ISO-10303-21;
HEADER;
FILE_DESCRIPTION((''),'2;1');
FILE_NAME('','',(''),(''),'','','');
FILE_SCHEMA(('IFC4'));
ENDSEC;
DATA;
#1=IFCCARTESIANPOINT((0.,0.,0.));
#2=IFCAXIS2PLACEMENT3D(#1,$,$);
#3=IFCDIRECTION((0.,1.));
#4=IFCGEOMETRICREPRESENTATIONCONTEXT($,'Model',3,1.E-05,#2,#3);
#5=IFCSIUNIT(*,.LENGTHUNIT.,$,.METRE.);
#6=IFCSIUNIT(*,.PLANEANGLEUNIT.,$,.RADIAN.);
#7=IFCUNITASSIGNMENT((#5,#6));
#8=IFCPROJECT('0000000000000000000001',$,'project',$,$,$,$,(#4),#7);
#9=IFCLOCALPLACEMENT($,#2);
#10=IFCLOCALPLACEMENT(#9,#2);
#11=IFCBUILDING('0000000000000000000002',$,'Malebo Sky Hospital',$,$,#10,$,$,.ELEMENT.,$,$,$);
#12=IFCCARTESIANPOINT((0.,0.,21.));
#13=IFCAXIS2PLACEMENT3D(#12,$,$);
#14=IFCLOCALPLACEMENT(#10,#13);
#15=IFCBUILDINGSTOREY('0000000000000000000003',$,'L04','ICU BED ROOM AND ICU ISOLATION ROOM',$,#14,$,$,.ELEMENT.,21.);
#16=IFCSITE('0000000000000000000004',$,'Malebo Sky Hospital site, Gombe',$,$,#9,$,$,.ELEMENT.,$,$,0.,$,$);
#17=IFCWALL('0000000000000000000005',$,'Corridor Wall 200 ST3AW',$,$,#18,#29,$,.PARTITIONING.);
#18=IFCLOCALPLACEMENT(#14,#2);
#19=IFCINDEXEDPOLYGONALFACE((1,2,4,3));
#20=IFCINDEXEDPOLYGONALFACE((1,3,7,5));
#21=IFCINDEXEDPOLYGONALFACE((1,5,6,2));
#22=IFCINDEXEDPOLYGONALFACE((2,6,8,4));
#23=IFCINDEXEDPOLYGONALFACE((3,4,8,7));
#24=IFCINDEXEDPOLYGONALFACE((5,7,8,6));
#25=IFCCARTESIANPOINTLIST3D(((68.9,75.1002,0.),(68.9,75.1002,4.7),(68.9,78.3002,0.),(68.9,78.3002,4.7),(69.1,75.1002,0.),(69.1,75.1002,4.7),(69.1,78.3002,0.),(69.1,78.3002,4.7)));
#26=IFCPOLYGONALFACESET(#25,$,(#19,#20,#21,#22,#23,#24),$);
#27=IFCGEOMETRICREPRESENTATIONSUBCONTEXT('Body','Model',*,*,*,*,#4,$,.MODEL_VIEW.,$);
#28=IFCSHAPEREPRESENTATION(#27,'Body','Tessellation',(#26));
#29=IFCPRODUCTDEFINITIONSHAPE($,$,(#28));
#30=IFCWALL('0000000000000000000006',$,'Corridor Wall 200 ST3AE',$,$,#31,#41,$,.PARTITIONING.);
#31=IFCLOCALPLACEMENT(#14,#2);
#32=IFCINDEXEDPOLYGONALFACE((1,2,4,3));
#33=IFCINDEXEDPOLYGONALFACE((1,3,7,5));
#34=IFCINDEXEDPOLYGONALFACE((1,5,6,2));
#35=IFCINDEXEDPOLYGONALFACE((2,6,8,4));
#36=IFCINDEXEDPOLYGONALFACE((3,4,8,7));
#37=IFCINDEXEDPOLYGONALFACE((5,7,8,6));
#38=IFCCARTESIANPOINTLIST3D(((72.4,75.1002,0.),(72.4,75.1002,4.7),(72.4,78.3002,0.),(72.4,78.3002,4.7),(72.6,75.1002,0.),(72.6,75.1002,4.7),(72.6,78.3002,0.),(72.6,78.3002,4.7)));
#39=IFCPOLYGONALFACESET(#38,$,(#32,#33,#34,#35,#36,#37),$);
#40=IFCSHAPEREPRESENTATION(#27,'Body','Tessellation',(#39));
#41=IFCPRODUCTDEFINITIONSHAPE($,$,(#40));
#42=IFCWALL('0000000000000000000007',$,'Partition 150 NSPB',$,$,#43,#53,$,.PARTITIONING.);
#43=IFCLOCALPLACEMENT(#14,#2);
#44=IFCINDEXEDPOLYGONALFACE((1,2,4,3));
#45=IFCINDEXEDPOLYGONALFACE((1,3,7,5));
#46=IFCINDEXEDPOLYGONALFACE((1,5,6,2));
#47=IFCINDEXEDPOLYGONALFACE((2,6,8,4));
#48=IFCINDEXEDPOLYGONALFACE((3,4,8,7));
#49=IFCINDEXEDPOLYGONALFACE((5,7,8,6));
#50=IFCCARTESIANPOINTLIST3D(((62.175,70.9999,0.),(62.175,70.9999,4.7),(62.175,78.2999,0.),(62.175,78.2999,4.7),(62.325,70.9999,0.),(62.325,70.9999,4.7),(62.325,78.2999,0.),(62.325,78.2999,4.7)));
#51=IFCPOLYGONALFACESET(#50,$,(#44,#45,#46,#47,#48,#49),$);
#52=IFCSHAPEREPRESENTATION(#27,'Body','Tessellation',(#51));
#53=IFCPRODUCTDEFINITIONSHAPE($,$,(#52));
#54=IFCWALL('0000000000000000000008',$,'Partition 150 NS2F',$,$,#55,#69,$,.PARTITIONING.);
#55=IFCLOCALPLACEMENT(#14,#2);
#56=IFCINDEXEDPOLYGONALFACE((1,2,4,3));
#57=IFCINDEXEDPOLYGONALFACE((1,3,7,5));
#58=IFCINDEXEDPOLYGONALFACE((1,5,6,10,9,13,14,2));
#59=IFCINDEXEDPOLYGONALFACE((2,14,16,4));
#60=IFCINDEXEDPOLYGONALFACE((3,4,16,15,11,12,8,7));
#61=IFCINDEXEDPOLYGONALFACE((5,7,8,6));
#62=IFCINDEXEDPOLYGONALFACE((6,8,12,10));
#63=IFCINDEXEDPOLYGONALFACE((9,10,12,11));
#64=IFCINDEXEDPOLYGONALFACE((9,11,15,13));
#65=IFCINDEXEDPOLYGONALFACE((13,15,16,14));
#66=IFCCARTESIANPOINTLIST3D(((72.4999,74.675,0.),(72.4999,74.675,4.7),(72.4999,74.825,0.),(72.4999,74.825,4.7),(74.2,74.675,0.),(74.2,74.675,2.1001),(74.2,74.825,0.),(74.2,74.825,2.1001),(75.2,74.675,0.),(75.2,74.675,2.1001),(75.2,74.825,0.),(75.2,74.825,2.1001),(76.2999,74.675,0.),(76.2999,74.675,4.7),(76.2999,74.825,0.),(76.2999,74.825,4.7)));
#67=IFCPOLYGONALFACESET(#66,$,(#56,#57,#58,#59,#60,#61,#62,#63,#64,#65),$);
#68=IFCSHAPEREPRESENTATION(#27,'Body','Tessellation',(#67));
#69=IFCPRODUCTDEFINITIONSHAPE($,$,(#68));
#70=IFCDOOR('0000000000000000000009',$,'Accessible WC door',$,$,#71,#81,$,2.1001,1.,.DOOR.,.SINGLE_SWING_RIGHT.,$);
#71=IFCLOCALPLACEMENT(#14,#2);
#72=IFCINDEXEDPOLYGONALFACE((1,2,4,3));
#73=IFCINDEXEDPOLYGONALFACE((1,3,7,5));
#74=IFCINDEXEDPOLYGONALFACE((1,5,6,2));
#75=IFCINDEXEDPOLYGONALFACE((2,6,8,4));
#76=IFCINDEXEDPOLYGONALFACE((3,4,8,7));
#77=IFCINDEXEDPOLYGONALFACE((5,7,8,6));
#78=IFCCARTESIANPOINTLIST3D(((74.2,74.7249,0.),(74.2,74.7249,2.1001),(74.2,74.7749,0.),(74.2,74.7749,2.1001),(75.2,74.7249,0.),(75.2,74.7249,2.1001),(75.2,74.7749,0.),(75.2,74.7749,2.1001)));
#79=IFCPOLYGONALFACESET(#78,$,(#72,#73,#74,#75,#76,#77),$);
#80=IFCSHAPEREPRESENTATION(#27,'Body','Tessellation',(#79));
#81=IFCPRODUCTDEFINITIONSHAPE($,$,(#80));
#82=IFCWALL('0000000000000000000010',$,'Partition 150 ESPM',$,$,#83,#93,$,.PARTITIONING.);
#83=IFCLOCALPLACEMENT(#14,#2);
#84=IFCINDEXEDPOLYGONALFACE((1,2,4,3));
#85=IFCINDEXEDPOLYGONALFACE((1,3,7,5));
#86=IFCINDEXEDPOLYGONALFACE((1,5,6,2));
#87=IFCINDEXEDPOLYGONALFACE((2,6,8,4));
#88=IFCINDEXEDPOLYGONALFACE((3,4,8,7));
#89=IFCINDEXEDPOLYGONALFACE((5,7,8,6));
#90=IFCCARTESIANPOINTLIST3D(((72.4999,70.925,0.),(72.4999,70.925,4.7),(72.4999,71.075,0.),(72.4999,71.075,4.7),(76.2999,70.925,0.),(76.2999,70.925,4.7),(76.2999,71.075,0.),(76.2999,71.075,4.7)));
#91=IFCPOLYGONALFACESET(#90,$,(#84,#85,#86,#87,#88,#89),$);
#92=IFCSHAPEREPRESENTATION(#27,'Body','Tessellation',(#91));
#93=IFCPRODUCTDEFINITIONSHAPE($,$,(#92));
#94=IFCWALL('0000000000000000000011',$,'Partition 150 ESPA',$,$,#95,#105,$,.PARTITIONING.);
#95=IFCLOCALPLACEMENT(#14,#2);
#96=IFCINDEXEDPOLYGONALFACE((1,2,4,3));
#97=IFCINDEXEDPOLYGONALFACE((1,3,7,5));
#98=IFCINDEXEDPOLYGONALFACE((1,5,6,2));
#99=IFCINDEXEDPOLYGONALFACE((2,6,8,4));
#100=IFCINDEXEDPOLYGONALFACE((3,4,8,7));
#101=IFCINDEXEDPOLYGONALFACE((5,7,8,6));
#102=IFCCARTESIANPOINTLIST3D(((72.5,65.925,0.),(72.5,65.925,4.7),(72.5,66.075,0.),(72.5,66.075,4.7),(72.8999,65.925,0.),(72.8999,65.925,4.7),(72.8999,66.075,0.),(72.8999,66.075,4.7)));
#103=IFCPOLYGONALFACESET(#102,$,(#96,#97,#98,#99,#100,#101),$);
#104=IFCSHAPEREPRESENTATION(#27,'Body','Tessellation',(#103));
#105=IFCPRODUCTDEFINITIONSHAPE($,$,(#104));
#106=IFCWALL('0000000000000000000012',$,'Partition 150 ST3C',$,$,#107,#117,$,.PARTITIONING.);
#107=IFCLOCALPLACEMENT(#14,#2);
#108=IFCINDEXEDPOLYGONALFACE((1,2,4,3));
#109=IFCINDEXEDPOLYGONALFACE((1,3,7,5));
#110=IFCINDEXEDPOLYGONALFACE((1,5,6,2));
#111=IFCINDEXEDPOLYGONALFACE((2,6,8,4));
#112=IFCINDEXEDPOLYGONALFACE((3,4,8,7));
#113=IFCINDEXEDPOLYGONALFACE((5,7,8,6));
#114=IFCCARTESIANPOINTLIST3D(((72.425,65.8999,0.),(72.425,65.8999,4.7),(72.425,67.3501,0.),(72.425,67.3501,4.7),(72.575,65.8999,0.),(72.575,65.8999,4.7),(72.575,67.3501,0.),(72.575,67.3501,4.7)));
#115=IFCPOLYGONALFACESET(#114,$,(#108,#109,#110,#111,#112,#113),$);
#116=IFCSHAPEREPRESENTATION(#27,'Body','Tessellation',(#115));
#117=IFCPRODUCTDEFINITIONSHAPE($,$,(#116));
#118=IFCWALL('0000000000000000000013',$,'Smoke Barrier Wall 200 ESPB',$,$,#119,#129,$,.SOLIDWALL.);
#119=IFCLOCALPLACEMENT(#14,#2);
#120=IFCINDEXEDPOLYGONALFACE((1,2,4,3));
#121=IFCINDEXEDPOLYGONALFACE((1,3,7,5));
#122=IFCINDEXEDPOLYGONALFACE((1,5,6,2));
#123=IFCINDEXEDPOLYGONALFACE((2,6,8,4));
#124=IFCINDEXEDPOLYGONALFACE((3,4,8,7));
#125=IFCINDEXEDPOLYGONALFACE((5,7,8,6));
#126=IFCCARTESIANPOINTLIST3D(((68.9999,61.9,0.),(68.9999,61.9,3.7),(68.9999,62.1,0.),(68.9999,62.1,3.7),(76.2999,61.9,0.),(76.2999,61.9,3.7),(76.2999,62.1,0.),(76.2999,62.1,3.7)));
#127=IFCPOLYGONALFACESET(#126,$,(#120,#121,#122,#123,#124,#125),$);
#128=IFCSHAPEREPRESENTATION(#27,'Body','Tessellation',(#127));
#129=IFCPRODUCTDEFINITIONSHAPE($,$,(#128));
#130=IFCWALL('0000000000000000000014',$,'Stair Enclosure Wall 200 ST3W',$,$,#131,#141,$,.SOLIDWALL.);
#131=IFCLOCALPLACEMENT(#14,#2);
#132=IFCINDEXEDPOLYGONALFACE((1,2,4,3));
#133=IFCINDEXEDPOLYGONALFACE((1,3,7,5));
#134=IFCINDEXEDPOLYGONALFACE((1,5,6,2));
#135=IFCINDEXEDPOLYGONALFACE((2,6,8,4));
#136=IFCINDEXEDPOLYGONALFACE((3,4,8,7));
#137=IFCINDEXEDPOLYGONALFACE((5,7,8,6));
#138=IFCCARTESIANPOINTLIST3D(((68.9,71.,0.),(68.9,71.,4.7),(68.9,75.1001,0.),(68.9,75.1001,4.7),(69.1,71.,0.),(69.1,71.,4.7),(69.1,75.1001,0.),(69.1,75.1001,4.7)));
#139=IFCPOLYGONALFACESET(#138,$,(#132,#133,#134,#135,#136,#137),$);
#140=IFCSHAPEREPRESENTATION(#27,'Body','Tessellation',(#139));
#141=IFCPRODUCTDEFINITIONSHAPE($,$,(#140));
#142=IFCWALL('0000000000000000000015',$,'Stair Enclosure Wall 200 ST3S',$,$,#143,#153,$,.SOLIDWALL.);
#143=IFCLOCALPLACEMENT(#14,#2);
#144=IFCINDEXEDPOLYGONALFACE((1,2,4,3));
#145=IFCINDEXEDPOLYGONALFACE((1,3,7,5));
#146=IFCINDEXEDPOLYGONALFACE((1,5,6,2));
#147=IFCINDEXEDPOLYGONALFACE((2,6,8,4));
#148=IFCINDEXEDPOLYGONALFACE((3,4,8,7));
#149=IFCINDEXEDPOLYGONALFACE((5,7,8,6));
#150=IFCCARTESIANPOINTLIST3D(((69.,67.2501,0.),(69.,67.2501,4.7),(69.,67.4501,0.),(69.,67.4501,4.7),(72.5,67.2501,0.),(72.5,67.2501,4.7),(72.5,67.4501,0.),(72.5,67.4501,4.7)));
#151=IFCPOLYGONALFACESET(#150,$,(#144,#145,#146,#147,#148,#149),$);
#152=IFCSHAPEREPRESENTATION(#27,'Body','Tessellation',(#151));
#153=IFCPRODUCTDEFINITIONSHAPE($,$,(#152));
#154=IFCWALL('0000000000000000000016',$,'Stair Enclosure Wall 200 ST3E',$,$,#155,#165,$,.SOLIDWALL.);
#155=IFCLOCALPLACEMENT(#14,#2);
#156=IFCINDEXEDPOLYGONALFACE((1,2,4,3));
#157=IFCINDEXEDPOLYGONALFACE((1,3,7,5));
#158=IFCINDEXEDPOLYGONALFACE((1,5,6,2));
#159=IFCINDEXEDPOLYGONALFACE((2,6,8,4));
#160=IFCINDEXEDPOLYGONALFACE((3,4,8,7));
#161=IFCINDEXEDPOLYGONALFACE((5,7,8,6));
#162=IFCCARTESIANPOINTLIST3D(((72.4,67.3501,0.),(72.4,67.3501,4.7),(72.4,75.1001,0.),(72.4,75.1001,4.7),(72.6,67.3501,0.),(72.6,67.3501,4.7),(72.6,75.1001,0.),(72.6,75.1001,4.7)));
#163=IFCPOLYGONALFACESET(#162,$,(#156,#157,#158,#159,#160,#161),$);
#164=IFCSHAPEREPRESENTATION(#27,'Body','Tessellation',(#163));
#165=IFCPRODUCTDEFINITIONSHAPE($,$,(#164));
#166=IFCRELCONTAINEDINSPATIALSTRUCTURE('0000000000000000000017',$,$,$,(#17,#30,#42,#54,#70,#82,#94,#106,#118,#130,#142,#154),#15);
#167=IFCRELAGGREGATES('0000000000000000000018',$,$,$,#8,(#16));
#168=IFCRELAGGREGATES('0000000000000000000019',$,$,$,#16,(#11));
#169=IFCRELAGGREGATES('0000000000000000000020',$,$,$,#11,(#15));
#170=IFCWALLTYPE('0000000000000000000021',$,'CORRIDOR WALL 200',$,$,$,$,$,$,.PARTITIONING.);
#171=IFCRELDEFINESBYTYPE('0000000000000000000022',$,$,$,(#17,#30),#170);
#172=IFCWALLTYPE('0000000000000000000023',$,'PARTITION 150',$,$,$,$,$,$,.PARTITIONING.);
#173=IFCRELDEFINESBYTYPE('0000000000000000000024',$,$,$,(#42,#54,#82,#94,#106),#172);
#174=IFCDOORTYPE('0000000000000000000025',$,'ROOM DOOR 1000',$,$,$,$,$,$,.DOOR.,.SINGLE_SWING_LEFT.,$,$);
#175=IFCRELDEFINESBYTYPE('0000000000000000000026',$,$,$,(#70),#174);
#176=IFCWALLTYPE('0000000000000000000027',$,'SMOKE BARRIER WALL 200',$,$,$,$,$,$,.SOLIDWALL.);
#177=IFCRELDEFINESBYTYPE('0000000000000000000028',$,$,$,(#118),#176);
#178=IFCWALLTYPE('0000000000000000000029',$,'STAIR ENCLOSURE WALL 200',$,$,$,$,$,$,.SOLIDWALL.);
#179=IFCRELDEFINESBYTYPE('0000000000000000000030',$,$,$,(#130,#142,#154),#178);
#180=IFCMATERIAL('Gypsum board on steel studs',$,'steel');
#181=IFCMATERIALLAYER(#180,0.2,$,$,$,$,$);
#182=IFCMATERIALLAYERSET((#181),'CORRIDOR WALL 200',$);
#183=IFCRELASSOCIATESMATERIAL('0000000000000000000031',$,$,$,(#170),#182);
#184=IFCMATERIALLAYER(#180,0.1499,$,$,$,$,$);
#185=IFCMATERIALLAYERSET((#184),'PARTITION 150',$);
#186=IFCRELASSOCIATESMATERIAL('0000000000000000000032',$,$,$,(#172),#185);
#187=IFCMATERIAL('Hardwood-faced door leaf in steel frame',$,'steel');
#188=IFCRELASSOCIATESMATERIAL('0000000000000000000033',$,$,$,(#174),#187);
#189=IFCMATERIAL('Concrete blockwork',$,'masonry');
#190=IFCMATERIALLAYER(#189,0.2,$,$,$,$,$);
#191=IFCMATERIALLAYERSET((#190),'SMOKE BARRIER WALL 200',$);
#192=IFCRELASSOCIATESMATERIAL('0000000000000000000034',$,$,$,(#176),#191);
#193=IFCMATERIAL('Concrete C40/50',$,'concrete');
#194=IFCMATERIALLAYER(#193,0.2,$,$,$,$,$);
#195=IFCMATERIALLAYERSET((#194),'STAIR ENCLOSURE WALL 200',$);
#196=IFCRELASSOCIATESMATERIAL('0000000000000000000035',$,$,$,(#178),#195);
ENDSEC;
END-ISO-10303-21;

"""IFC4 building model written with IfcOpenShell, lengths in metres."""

from ifc_helpers import new_model, si_unit, direction, frame, frame_2d, origin, place, context, subcontext, project, spatial, rectangle, extrude, material, layer, layer_set, type_object, element, fill, save


model = new_model("IFC4")

# Units and contexts
model_context = context("Model", 3, precision=1e-05, world=origin(), true_north=direction((0.0, 1.0)))
body_context = subcontext(model_context, "Body", "Model", "MODEL_VIEW")
ifc_project = project(units=[si_unit("LENGTHUNIT", "METRE"), si_unit("PLANEANGLEUNIT", "RADIAN")], contexts=[model_context])

# Site, building, storey
site_placement = place(None, origin())
site = spatial("IfcSite", under=ifc_project, at=site_placement, Name="Malebo Sky Hospital site, Gombe", CompositionType="ELEMENT", RefElevation=0.0)
building_placement = place(site_placement, origin())
building = spatial("IfcBuilding", under=site, at=building_placement, Name="Malebo Sky Hospital", CompositionType="ELEMENT")
storey_placement = place(building_placement, frame((0.0, 0.0, 21.0)))
storey = spatial("IfcBuildingStorey", under=building, at=storey_placement, Name="L04", Description="ICU BED ROOM AND ICU ISOLATION ROOM", CompositionType="ELEMENT", Elevation=21.0)

# Walls
ifc_material_1 = material(Name="Gypsum board on steel studs", Category="steel")
ifc_layer_1 = layer(ifc_material_1, 0.2)
ifc_layer_set_1 = layer_set([ifc_layer_1], Name="CORRIDOR WALL 200")
wall_type_1 = type_object("IfcWallType", Name="CORRIDOR WALL 200", PredefinedType="PARTITIONING", material=ifc_layer_set_1)
for number, where, z_axis, x_axis, name in (
    (1, (69.0, 75.1001, 0.0), (0.0, 0.0, 1.0), (0.0, 1.0, 0.0), "Corridor Wall 200 ST3AW"),
    (2, (72.5, 75.1001, 0.0), (0.0, 0.0, 1.0), (0.0, 1.0, 0.0), "Corridor Wall 200 ST3AE"),
):
    element("IfcWall", number, at=place(storey_placement, frame(where, z_axis=z_axis, x_axis=x_axis)), inside=storey, type_object=wall_type_1, Name=name, PredefinedType="PARTITIONING", context=body_context, shape_type="SweptSolid", body=[
        extrude(rectangle(XDim=3.2, YDim=0.2, at=frame_2d((1.6001, 0.0))), origin(), (0.0, 0.0, 1.0), 4.7),
    ])
ifc_layer_2 = layer(ifc_material_1, 0.1499)
ifc_layer_set_2 = layer_set([ifc_layer_2], Name="PARTITION 150")
wall_type_2 = type_object("IfcWallType", Name="PARTITION 150", PredefinedType="PARTITIONING", material=ifc_layer_set_2)
wall_1_placement = place(storey_placement, frame((62.25, 71.0, 0.0), z_axis=(0.0, 0.0, 1.0), x_axis=(0.0, 1.0, 0.0)))
element("IfcWall", 3, at=wall_1_placement, inside=storey, type_object=wall_type_2, Name="Partition 150 NSPB", PredefinedType="PARTITIONING", context=body_context, shape_type="SweptSolid", body=[
    extrude(rectangle(XDim=7.3, YDim=0.1499, at=frame_2d((3.6499, 0.0))), origin(), (0.0, 0.0, 1.0), 4.7),
])

# Wall, opening, door
wall_2_placement = place(storey_placement, frame((72.5, 74.75, 0.0), z_axis=(0.0, 0.0, 1.0), x_axis=(1.0, 0.0, 0.0)))
wall_2 = element("IfcWall", 4, at=wall_2_placement, inside=storey, type_object=wall_type_2, Name="Partition 150 NS2F", PredefinedType="PARTITIONING", context=body_context, shape_type="SweptSolid", body=[
    extrude(rectangle(XDim=3.8, YDim=0.1499, at=frame_2d((1.8999, 0.0))), origin(), (0.0, 0.0, 1.0), 4.7),
])
opening_1_placement = place(wall_2_placement, frame((1.7, 0.0, 0.0)))
opening_1 = element("IfcOpeningElement", 5, at=opening_1_placement, cuts=wall_2, PredefinedType="OPENING", context=body_context, shape_type="SweptSolid", body=[
    extrude(rectangle(XDim=1.0, YDim=2.1001, at=frame_2d((0.5, 1.05))), frame((0.0, 0.085, 0.0), z_axis=(0.0, -1.0, 0.0), x_axis=(1.0, 0.0, 0.0)), (0.0, 0.0, 1.0), 0.1699),
])
ifc_material_2 = material(Name="Hardwood-faced door leaf in steel frame", Category="steel")
door_type_1 = type_object("IfcDoorType", Name="ROOM DOOR 1000", OperationType="SINGLE_SWING_LEFT", PredefinedType="DOOR", material=ifc_material_2)
door_1_placement = place(opening_1_placement, origin())
door_1 = element("IfcDoor", 6, at=door_1_placement, inside=storey, type_object=door_type_1, Name="Accessible WC door", OperationType="SINGLE_SWING_RIGHT", OverallHeight=2.1001, OverallWidth=1.0, PredefinedType="DOOR", context=body_context, shape_type="SweptSolid", body=[
    extrude(rectangle(XDim=1.0, YDim=2.1001, at=frame_2d((0.5, 1.05))), frame((0.0, 0.0249, 0.0), z_axis=(0.0, -1.0, 0.0), x_axis=(1.0, 0.0, 0.0)), (0.0, 0.0, 1.0), 0.05),
])
fill(opening_1, door_1)

# Walls
wall_3_placement = place(storey_placement, frame((72.5, 71.0, 0.0), z_axis=(0.0, 0.0, 1.0), x_axis=(1.0, 0.0, 0.0)))
element("IfcWall", 7, at=wall_3_placement, inside=storey, type_object=wall_type_2, Name="Partition 150 ESPM", PredefinedType="PARTITIONING", context=body_context, shape_type="SweptSolid", body=[
    extrude(rectangle(XDim=3.8, YDim=0.1499, at=frame_2d((1.8999, 0.0))), origin(), (0.0, 0.0, 1.0), 4.7),
])
wall_4_placement = place(storey_placement, frame((72.5, 66.0, 0.0), z_axis=(0.0, 0.0, 1.0), x_axis=(1.0, 0.0, 0.0)))
element("IfcWall", 8, at=wall_4_placement, inside=storey, type_object=wall_type_2, Name="Partition 150 ESPA", PredefinedType="PARTITIONING", context=body_context, shape_type="SweptSolid", body=[
    extrude(rectangle(XDim=0.3999, YDim=0.1499, at=frame_2d((0.2, 0.0))), origin(), (0.0, 0.0, 1.0), 4.7),
])
wall_5_placement = place(storey_placement, frame((72.5, 65.8999, 0.0), z_axis=(0.0, 0.0, 1.0), x_axis=(0.0, 1.0, 0.0)))
element("IfcWall", 9, at=wall_5_placement, inside=storey, type_object=wall_type_2, Name="Partition 150 ST3C", PredefinedType="PARTITIONING", context=body_context, shape_type="SweptSolid", body=[
    extrude(rectangle(XDim=1.4502, YDim=0.1499, at=frame_2d((0.7251, 0.0))), origin(), (0.0, 0.0, 1.0), 4.7),
])
ifc_material_3 = material(Name="Concrete blockwork", Category="masonry")
ifc_layer_3 = layer(ifc_material_3, 0.2)
ifc_layer_set_3 = layer_set([ifc_layer_3], Name="SMOKE BARRIER WALL 200")
wall_type_3 = type_object("IfcWallType", Name="SMOKE BARRIER WALL 200", PredefinedType="SOLIDWALL", material=ifc_layer_set_3)
wall_6_placement = place(storey_placement, frame((69.0, 62.0, 0.0), z_axis=(0.0, 0.0, 1.0), x_axis=(1.0, 0.0, 0.0)))
element("IfcWall", 10, at=wall_6_placement, inside=storey, type_object=wall_type_3, Name="Smoke Barrier Wall 200 ESPB", PredefinedType="SOLIDWALL", context=body_context, shape_type="SweptSolid", body=[
    extrude(rectangle(XDim=7.3, YDim=0.2, at=frame_2d((3.6499, 0.0))), origin(), (0.0, 0.0, 1.0), 3.7),
])
ifc_material_4 = material(Name="Concrete C40/50", Category="concrete")
ifc_layer_4 = layer(ifc_material_4, 0.2)
ifc_layer_set_4 = layer_set([ifc_layer_4], Name="STAIR ENCLOSURE WALL 200")
wall_type_4 = type_object("IfcWallType", Name="STAIR ENCLOSURE WALL 200", PredefinedType="SOLIDWALL", material=ifc_layer_set_4)
wall_7_placement = place(storey_placement, frame((69.0, 71.0, 0.0), z_axis=(0.0, 0.0, 1.0), x_axis=(0.0, 1.0, 0.0)))
element("IfcWall", 11, at=wall_7_placement, inside=storey, type_object=wall_type_4, Name="Stair Enclosure Wall 200 ST3W", PredefinedType="SOLIDWALL", context=body_context, shape_type="SweptSolid", body=[
    extrude(rectangle(XDim=4.1001, YDim=0.2, at=frame_2d((2.05, 0.0))), origin(), (0.0, 0.0, 1.0), 4.7),
])
wall_8_placement = place(storey_placement, frame((69.0, 67.3501, 0.0), z_axis=(0.0, 0.0, 1.0), x_axis=(1.0, 0.0, 0.0)))
element("IfcWall", 12, at=wall_8_placement, inside=storey, type_object=wall_type_4, Name="Stair Enclosure Wall 200 ST3S", PredefinedType="SOLIDWALL", context=body_context, shape_type="SweptSolid", body=[
    extrude(rectangle(XDim=3.5, YDim=0.2, at=frame_2d((1.75, 0.0))), origin(), (0.0, 0.0, 1.0), 4.7),
])
wall_9_placement = place(storey_placement, frame((72.5, 67.3501, 0.0), z_axis=(0.0, 0.0, 1.0), x_axis=(0.0, 1.0, 0.0)))
element("IfcWall", 13, at=wall_9_placement, inside=storey, type_object=wall_type_4, Name="Stair Enclosure Wall 200 ST3E", PredefinedType="SOLIDWALL", context=body_context, shape_type="SweptSolid", body=[
    extrude(rectangle(XDim=7.75, YDim=0.2, at=frame_2d((3.875, 0.0))), origin(), (0.0, 0.0, 1.0), 4.7),
])

save(model, "model.ifc")
